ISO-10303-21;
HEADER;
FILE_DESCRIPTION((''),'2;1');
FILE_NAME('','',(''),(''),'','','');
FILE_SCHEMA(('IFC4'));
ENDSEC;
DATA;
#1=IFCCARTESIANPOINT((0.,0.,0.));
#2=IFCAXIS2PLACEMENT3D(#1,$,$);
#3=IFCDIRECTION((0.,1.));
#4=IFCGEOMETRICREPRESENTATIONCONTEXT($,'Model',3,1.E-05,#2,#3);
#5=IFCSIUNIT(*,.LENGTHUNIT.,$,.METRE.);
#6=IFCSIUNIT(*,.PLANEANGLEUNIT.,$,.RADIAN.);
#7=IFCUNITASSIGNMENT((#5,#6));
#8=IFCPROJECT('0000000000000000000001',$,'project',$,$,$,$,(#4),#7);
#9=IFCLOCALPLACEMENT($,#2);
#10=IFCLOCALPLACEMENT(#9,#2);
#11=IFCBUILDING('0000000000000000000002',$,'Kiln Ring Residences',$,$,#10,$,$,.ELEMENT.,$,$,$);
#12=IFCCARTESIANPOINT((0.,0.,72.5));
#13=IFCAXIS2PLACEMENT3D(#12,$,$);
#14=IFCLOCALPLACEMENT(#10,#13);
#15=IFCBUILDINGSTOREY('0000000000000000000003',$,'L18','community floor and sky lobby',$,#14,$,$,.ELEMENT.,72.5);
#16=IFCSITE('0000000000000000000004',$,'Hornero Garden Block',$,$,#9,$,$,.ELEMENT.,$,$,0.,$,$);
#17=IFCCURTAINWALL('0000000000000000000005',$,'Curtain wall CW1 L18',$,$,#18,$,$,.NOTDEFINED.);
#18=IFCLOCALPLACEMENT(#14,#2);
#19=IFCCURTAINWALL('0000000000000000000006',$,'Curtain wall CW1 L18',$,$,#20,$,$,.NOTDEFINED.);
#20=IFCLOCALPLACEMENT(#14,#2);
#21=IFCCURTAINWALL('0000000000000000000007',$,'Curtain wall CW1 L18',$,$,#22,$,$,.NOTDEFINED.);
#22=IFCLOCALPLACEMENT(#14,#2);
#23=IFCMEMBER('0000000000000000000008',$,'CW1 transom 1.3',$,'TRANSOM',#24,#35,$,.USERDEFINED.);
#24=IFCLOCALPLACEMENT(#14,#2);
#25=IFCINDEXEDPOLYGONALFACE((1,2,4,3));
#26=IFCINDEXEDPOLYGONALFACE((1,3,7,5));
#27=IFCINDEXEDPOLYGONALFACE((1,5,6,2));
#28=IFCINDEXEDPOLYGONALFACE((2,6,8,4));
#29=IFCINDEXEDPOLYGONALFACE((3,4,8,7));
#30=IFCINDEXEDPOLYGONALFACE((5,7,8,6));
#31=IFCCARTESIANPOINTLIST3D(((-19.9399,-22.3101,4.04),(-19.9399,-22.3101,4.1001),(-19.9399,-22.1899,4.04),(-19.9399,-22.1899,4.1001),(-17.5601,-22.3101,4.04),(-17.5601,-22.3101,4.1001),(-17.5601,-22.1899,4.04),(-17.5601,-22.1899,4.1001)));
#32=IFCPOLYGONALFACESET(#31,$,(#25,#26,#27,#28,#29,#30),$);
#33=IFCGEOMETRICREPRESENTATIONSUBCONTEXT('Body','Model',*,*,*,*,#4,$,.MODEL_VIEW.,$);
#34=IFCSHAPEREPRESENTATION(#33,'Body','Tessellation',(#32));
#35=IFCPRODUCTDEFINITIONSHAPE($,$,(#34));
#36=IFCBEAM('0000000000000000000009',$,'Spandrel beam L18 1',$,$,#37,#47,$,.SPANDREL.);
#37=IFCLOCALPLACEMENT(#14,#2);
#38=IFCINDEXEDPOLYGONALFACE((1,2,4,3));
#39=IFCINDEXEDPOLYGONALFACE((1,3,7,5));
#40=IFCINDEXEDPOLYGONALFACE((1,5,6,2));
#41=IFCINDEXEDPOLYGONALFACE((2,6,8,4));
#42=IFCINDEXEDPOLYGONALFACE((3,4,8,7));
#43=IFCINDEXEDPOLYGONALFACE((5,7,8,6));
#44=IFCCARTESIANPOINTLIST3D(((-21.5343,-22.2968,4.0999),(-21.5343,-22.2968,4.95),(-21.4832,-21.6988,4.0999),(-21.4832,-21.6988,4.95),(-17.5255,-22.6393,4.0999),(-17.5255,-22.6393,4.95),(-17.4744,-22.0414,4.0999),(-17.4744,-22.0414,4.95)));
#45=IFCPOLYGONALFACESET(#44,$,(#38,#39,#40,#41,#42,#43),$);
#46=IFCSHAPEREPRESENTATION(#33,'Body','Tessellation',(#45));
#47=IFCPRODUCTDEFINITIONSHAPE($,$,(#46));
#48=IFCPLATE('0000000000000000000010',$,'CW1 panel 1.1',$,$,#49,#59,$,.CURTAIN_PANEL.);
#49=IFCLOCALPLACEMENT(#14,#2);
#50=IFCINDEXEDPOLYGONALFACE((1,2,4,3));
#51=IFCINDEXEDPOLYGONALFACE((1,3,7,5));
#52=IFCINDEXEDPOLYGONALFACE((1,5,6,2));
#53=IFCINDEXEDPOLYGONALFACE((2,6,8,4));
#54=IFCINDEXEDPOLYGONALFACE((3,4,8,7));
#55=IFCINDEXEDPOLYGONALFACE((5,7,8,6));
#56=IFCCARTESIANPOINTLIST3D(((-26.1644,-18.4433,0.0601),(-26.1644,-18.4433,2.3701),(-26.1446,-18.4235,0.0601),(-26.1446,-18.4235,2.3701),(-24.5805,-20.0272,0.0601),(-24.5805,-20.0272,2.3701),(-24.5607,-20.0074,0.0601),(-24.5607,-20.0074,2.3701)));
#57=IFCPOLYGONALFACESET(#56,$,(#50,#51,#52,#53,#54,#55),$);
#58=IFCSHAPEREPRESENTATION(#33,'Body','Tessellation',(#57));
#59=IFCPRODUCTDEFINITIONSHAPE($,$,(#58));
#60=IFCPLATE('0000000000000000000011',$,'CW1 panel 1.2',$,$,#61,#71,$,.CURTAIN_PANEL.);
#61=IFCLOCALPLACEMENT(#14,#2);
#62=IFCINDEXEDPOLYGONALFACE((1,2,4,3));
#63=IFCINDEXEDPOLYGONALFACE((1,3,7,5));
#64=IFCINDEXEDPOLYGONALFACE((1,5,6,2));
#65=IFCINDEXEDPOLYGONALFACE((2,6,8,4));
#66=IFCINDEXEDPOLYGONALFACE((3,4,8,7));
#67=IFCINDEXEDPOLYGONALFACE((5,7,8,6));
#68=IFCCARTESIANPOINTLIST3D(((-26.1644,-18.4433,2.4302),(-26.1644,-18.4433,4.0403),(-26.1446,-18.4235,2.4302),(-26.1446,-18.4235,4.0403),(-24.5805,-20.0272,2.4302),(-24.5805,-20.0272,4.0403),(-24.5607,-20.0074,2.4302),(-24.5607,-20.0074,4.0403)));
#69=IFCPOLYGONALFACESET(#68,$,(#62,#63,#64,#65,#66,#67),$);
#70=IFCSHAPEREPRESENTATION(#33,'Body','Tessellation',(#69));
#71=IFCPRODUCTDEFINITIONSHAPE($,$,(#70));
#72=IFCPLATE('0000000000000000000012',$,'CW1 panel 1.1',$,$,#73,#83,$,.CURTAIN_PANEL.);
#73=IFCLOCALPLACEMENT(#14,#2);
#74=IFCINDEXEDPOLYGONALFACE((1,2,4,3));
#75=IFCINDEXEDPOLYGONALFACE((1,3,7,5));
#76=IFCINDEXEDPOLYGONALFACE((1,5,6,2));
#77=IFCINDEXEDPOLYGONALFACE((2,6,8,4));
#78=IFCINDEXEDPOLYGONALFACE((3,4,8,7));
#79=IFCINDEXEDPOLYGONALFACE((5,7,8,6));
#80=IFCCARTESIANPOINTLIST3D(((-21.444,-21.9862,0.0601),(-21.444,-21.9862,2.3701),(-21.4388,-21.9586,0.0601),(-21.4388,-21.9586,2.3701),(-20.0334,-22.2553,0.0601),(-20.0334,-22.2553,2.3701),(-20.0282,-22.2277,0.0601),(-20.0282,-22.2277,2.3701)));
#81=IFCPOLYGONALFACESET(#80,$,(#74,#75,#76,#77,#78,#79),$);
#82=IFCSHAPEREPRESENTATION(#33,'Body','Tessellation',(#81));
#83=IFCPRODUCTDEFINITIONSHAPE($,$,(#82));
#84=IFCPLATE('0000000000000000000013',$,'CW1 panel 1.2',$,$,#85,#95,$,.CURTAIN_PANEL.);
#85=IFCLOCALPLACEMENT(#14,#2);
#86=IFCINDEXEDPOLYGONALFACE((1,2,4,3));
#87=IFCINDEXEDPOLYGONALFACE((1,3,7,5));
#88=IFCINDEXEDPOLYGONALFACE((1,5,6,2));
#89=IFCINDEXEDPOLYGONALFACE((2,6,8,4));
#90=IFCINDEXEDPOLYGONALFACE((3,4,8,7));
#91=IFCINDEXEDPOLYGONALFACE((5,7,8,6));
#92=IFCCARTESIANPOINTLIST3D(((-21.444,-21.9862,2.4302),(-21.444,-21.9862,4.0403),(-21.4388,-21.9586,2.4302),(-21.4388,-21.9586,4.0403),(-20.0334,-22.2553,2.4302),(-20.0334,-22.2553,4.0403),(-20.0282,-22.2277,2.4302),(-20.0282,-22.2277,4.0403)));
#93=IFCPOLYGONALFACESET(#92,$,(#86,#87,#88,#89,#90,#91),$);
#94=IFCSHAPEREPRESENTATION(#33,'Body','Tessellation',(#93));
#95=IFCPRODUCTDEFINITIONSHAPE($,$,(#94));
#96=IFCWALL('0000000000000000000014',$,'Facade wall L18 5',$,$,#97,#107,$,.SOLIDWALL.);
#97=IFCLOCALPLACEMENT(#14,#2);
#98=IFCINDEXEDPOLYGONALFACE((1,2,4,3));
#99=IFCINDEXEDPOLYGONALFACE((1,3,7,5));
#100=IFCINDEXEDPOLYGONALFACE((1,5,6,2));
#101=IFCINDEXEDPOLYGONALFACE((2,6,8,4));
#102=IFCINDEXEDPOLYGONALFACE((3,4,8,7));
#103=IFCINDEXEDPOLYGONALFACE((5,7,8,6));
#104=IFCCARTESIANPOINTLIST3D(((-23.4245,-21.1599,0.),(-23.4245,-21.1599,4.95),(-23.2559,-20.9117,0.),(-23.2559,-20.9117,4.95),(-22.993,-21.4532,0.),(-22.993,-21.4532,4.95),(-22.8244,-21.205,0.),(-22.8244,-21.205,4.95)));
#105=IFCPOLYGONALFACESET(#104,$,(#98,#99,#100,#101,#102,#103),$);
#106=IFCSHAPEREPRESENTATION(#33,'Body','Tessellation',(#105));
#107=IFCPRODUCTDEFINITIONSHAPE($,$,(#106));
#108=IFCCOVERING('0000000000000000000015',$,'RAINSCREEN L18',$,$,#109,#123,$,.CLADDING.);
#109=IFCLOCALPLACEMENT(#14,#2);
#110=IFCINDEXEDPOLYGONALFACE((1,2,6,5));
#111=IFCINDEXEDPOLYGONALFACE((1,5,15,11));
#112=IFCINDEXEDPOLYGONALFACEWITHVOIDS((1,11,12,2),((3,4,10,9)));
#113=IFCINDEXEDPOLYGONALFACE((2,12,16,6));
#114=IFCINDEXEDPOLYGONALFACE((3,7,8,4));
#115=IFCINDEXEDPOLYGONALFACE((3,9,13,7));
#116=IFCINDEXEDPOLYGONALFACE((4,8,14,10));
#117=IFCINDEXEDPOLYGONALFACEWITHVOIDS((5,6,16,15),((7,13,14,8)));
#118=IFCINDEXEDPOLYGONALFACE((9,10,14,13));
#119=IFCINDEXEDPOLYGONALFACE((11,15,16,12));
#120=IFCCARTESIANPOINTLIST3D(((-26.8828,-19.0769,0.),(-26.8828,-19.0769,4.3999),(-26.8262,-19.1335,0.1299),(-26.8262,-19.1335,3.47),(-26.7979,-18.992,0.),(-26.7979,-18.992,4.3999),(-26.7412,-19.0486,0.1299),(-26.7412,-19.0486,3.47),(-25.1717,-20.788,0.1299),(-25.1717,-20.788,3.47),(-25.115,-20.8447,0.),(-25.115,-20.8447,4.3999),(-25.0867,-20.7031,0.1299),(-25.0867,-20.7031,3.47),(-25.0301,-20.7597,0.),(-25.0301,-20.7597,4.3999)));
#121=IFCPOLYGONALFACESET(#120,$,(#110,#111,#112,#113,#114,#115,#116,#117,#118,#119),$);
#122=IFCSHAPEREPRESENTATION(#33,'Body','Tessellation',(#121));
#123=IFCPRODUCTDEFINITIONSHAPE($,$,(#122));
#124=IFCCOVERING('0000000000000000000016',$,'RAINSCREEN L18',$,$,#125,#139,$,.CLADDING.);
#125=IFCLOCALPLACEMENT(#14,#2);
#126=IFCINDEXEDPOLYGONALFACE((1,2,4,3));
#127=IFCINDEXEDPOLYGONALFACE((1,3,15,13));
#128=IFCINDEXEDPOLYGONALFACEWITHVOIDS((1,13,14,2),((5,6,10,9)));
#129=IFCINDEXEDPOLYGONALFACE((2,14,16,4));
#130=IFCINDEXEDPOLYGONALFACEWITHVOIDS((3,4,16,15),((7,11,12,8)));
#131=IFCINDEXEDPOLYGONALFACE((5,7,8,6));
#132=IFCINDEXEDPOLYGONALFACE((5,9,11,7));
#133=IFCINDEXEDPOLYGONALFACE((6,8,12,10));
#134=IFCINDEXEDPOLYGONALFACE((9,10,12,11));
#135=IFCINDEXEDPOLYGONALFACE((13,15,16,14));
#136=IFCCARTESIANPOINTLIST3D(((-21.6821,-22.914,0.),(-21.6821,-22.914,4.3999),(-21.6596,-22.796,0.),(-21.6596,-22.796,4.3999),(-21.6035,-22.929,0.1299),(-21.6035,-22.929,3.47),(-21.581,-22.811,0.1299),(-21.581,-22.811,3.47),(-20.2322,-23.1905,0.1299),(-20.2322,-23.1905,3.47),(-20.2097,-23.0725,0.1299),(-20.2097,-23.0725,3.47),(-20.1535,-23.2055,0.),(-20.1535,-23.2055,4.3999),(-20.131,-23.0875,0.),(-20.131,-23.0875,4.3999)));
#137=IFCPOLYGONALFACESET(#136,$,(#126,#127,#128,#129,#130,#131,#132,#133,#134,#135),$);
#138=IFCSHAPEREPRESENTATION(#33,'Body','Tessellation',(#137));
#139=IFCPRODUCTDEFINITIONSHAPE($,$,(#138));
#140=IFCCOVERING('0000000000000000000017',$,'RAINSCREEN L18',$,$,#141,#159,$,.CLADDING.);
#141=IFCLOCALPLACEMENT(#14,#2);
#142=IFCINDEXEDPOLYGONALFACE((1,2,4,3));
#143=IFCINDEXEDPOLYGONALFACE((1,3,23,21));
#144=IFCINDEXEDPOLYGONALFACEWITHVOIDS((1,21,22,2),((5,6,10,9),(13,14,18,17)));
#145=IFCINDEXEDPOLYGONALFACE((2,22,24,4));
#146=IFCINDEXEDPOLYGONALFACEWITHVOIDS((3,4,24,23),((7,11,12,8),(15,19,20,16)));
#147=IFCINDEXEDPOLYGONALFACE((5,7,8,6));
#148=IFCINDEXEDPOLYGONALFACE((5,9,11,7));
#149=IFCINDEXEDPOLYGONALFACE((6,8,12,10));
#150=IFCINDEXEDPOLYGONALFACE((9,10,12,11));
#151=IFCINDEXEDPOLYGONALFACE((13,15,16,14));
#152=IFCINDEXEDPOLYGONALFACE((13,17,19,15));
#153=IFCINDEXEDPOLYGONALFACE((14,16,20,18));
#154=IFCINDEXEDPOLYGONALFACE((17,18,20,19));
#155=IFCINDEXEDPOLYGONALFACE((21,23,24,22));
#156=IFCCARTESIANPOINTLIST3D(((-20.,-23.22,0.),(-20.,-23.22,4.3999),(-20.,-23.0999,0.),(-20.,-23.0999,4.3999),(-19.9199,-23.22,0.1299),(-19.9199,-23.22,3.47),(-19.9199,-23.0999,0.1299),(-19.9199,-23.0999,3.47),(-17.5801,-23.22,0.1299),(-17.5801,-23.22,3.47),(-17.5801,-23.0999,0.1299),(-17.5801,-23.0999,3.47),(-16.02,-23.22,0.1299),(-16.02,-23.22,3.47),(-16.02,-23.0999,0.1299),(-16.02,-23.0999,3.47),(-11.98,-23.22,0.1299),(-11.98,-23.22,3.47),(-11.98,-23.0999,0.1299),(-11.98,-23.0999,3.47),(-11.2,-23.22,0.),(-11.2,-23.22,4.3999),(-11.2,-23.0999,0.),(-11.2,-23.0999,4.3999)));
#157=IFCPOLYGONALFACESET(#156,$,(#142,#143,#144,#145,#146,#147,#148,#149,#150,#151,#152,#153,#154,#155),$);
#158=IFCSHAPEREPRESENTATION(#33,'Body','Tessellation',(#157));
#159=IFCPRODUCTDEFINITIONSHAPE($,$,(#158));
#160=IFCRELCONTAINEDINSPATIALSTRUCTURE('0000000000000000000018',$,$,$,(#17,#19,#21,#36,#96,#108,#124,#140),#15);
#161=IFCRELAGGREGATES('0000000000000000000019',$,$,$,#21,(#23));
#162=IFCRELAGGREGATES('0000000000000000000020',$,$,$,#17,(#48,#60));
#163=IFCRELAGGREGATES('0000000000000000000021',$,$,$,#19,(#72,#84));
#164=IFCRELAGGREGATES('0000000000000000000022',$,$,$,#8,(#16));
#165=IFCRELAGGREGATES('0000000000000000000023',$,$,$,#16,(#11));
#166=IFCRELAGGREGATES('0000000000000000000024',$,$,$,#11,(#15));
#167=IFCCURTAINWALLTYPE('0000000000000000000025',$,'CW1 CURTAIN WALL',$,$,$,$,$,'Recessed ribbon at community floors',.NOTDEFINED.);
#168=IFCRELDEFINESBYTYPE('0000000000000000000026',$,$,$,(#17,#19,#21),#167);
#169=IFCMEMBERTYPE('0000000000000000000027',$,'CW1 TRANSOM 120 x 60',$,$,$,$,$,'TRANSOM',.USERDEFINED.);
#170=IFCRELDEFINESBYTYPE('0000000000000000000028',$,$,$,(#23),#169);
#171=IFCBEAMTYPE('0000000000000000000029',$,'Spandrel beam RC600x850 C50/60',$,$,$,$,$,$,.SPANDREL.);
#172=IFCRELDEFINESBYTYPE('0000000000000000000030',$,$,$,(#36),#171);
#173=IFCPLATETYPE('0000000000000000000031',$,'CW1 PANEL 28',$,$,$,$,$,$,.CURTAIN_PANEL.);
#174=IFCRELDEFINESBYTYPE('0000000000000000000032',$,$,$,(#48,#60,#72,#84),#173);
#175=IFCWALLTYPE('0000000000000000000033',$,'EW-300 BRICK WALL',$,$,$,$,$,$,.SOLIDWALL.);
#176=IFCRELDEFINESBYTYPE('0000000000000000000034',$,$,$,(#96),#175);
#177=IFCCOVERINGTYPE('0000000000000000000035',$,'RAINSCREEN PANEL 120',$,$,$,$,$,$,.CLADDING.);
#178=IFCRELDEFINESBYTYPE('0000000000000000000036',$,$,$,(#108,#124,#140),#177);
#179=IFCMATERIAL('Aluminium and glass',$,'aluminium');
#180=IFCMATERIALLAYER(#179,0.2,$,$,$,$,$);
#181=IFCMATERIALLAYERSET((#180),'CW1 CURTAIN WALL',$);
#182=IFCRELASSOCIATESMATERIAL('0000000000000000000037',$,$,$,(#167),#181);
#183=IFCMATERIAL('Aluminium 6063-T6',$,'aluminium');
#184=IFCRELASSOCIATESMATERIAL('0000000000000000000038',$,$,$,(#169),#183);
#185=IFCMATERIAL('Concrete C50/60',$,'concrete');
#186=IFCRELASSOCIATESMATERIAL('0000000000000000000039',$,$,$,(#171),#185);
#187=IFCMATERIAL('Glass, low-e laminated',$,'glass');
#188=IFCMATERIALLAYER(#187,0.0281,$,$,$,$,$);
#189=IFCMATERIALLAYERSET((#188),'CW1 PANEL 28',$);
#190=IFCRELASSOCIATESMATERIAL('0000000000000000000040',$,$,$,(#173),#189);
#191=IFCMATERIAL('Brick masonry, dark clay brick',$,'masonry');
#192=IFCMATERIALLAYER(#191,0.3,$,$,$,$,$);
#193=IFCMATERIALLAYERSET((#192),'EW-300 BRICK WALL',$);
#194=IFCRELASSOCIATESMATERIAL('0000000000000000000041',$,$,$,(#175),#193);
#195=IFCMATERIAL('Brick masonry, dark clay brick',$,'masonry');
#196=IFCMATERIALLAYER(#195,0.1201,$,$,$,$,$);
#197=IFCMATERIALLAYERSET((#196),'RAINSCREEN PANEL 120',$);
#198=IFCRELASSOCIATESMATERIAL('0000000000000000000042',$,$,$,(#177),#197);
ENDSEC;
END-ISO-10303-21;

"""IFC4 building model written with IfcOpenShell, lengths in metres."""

from ifc_helpers import new_model, si_unit, direction, frame, frame_2d, origin, origin_2d, place, context, subcontext, project, spatial, polyline, rectangle, outline, extrude, material, layer, layer_set, material_profile, profile_set, type_object, element, aggregate, save


model = new_model("IFC4")

# Units and contexts
model_context = context("Model", 3, precision=1e-05, world=origin(), true_north=direction((0.0, 1.0)))
body_context = subcontext(model_context, "Body", "Model", "MODEL_VIEW")
ifc_project = project(units=[si_unit("LENGTHUNIT", "METRE"), si_unit("PLANEANGLEUNIT", "RADIAN")], contexts=[model_context])

# Site, building, storey
site_placement = place(None, origin())
site = spatial("IfcSite", under=ifc_project, at=site_placement, Name="Hornero Garden Block", CompositionType="ELEMENT", RefElevation=0.0)
building_placement = place(site_placement, origin())
building = spatial("IfcBuilding", under=site, at=building_placement, Name="Kiln Ring Residences", CompositionType="ELEMENT")
storey_placement = place(building_placement, frame((0.0, 0.0, 72.5)))
storey = spatial("IfcBuildingStorey", under=building, at=storey_placement, Name="L18", Description="community floor and sky lobby", CompositionType="ELEMENT", Elevation=72.5)

# Curtain wall
ifc_material_1 = material(Name="Aluminium and glass", Category="aluminium")
ifc_layer_1 = layer(ifc_material_1, 0.2)
ifc_layer_set_1 = layer_set([ifc_layer_1], Name="CW1 CURTAIN WALL")
curtain_wall_type = type_object("IfcCurtainWallType", Name="CW1 CURTAIN WALL", ElementType="Recessed ribbon at community floors", PredefinedType="NOTDEFINED", material=ifc_layer_set_1)
placement = place(storey_placement, origin())
curtain_wall_1 = element("IfcCurtainWall", 1, at=placement, inside=storey, type_object=curtain_wall_type, Name="Curtain wall CW1 L18", PredefinedType="NOTDEFINED")

# Curtain wall
curtain_wall_2 = element("IfcCurtainWall", 2, at=placement, inside=storey, type_object=curtain_wall_type, Name="Curtain wall CW1 L18", PredefinedType="NOTDEFINED")

# Curtain wall
curtain_wall_3 = element("IfcCurtainWall", 3, at=placement, inside=storey, type_object=curtain_wall_type, Name="Curtain wall CW1 L18", PredefinedType="NOTDEFINED")

# Member
ifc_material_2 = material(Name="Aluminium 6063-T6", Category="aluminium")
ifc_material_profile_1 = material_profile(ifc_material_2, rectangle(XDim=0.1201, YDim=0.0601, at=origin_2d()), Name="AL 120x60")
ifc_profile_set_1 = profile_set([ifc_material_profile_1], Name="Aluminium 6063-T6")
member_type_1 = type_object("IfcMemberType", Name="CW1 TRANSOM 120 x 60", ElementType="TRANSOM", PredefinedType="USERDEFINED", material=ifc_profile_set_1)
member_1_placement = place(storey_placement, frame((-19.9399, -22.25, 4.0701), z_axis=(1.0, 0.0, 0.0), x_axis=(0.0, 1.0, 0.0)))
member_1 = element("IfcMember", 4, at=member_1_placement, type_object=member_type_1, Name="CW1 transom 1.3", ObjectType="TRANSOM", PredefinedType="USERDEFINED", context=body_context, shape_type="SweptSolid", body=[
    extrude(rectangle(XDim=0.1201, YDim=0.0601, at=origin_2d()), origin(), (0.0, 0.0, 1.0), 2.3799),
])
aggregate(curtain_wall_3, [member_1])

# Beam
ifc_material_3 = material(Name="Concrete C50/60", Category="concrete")
ifc_material_profile_2 = material_profile(ifc_material_3, rectangle(XDim=0.6001, YDim=0.8501, at=origin_2d()), Name="RC600x850")
ifc_profile_set_2 = profile_set([ifc_material_profile_2], Name="Concrete C50/60")
beam_type = type_object("IfcBeamType", Name="Spandrel beam RC600x850 C50/60", PredefinedType="SPANDREL", material=ifc_profile_set_2)
beam_placement = place(storey_placement, frame((-21.5088, -21.9978, 4.5249), z_axis=(0.996369, -0.085134, 0.0), x_axis=(0.085134, 0.996369, 0.0)))
element("IfcBeam", 5, at=beam_placement, inside=storey, type_object=beam_type, Name="Spandrel beam L18 1", PredefinedType="SPANDREL", context=body_context, shape_type="SweptSolid", body=[
    extrude(rectangle(XDim=0.6001, YDim=0.8501, at=origin_2d()), origin(), (0.0, 0.0, 1.0), 4.0234),
])

# Plates
ifc_material_4 = material(Name="Glass, low-e laminated", Category="glass")
ifc_layer_2 = layer(ifc_material_4, 0.0281)
ifc_layer_set_2 = layer_set([ifc_layer_2], Name="CW1 PANEL 28")
plate_type = type_object("IfcPlateType", Name="CW1 PANEL 28", PredefinedType="CURTAIN_PANEL", material=ifc_layer_set_2)
plate_1_placement = place(storey_placement, frame((-25.3625, -19.2253, 0.0601), z_axis=(0.0, 0.0, 1.0), x_axis=(0.707107, -0.707107, 0.0)))
plate_1 = element("IfcPlate", 6, at=plate_1_placement, type_object=plate_type, Name="CW1 panel 1.1", PredefinedType="CURTAIN_PANEL", context=body_context, shape_type="SweptSolid", body=[
    extrude(rectangle(XDim=2.24, YDim=0.0281, at=origin_2d()), origin(), (0.0, 0.0, 1.0), 2.3101),
])
plate_2_placement = place(storey_placement, frame((-25.3625, -19.2253, 2.4302), z_axis=(0.0, 0.0, 1.0), x_axis=(0.707107, -0.707107, 0.0)))
plate_2 = element("IfcPlate", 7, at=plate_2_placement, type_object=plate_type, Name="CW1 panel 1.2", PredefinedType="CURTAIN_PANEL", context=body_context, shape_type="SweptSolid", body=[
    extrude(rectangle(XDim=2.24, YDim=0.0281, at=origin_2d()), origin(), (0.0, 0.0, 1.0), 1.6101),
])
aggregate(curtain_wall_1, [plate_1, plate_2])
plate_3_placement = place(storey_placement, frame((-20.7361, -22.1069, 0.0601), z_axis=(0.0, 0.0, 1.0), x_axis=(0.98229, -0.187366, 0.0)))
plate_3 = element("IfcPlate", 8, at=plate_3_placement, type_object=plate_type, Name="CW1 panel 1.1", PredefinedType="CURTAIN_PANEL", context=body_context, shape_type="SweptSolid", body=[
    extrude(rectangle(XDim=1.436, YDim=0.0281, at=origin_2d()), origin(), (0.0, 0.0, 1.0), 2.3101),
])
plate_4_placement = place(storey_placement, frame((-20.7361, -22.1069, 2.4302), z_axis=(0.0, 0.0, 1.0), x_axis=(0.98229, -0.187366, 0.0)))
plate_4 = element("IfcPlate", 9, at=plate_4_placement, type_object=plate_type, Name="CW1 panel 1.2", PredefinedType="CURTAIN_PANEL", context=body_context, shape_type="SweptSolid", body=[
    extrude(rectangle(XDim=1.436, YDim=0.0281, at=origin_2d()), origin(), (0.0, 0.0, 1.0), 1.6101),
])
aggregate(curtain_wall_2, [plate_3, plate_4])

# Wall
ifc_material_5 = material(Name="Brick masonry, dark clay brick", Category="masonry")
ifc_layer_3 = layer(ifc_material_5, 0.3)
ifc_layer_set_3 = layer_set([ifc_layer_3], Name="EW-300 BRICK WALL")
wall_type = type_object("IfcWallType", Name="EW-300 BRICK WALL", PredefinedType="SOLIDWALL", material=ifc_layer_set_3)
wall_placement = place(storey_placement, frame((-23.3401, -21.0359, 0.0), z_axis=(0.0, 0.0, 1.0), x_axis=(0.827048, -0.562131, 0.0)))
element("IfcWall", 10, at=wall_placement, inside=storey, type_object=wall_type, Name="Facade wall L18 5", PredefinedType="SOLIDWALL", context=body_context, shape_type="SweptSolid", body=[
    extrude(rectangle(XDim=0.5217, YDim=0.3, at=frame_2d((0.2607, 0.0))), origin(), (0.0, 0.0, 1.0), 4.95),
])

# Coverings
ifc_material_6 = material(Name="Brick masonry, dark clay brick", Category="masonry")
ifc_layer_4 = layer(ifc_material_6, 0.1201)
ifc_layer_set_4 = layer_set([ifc_layer_4], Name="RAINSCREEN PANEL 120")
covering_type = type_object("IfcCoveringType", Name="RAINSCREEN PANEL 120", PredefinedType="CLADDING", material=ifc_layer_set_4)
covering_1_placement = place(storey_placement, frame((-26.8403, -19.0344, 0.0), z_axis=(0.0, 0.0, 1.0), x_axis=(0.707107, -0.707107, 0.0)))
element("IfcCovering", 11, at=covering_1_placement, inside=storey, type_object=covering_type, Name="RAINSCREEN L18", PredefinedType="CLADDING", context=body_context, shape_type="SweptSolid", body=[
    extrude(outline(polyline([(0.0, 0.0), (2.5, 0.0), (2.5, 4.3999), (0.0, 4.3999), (0.0, 0.0)]), holes=[polyline([(0.0801, 3.47), (0.0801, 0.1299), (2.4199, 0.1299), (2.4199, 3.47), (0.0801, 3.47)])]), frame((0.0, 0.0601, 0.0), z_axis=(0.0, -1.0, 0.0), x_axis=(1.0, 0.0, 0.0)), (0.0, 0.0, 1.0), 0.1201),
])
covering_2_placement = place(storey_placement, frame((-21.6709, -22.855, 0.0), z_axis=(0.0, 0.0, 1.0), x_axis=(0.982297, -0.187328, 0.0)))
element("IfcCovering", 12, at=covering_2_placement, inside=storey, type_object=covering_type, Name="RAINSCREEN L18", PredefinedType="CLADDING", context=body_context, shape_type="SweptSolid", body=[
    extrude(outline(polyline([(0.0, 0.0), (1.5562, 0.0), (1.5562, 4.3999), (0.0, 4.3999), (0.0, 0.0)]), holes=[polyline([(0.0801, 3.47), (0.0801, 0.1299), (1.4761, 0.1299), (1.4761, 3.47), (0.0801, 3.47)])]), frame((0.0, 0.0601, 0.0), z_axis=(0.0, -1.0, 0.0), x_axis=(1.0, 0.0, 0.0)), (0.0, 0.0, 1.0), 0.1201),
])
covering_3_placement = place(storey_placement, frame((-20.0, -23.1599, 0.0), z_axis=(0.0, 0.0, 1.0), x_axis=(1.0, 0.0, 0.0)))
element("IfcCovering", 13, at=covering_3_placement, inside=storey, type_object=covering_type, Name="RAINSCREEN L18", PredefinedType="CLADDING", context=body_context, shape_type="SweptSolid", body=[
    extrude(outline(polyline([(0.0, 0.0), (8.8, 0.0), (8.8, 4.3999), (0.0, 4.3999), (0.0, 0.0)]), holes=[polyline([(2.4199, 3.47), (0.0801, 3.47), (0.0801, 0.1299), (2.4199, 0.1299), (2.4199, 3.47)]), polyline([(8.02, 3.47), (3.98, 3.47), (3.98, 0.1299), (8.02, 0.1299), (8.02, 3.47)])]), frame((0.0, 0.0601, 0.0), z_axis=(0.0, -1.0, 0.0), x_axis=(1.0, 0.0, 0.0)), (0.0, 0.0, 1.0), 0.1201),
])

save(model, "model.ifc")
